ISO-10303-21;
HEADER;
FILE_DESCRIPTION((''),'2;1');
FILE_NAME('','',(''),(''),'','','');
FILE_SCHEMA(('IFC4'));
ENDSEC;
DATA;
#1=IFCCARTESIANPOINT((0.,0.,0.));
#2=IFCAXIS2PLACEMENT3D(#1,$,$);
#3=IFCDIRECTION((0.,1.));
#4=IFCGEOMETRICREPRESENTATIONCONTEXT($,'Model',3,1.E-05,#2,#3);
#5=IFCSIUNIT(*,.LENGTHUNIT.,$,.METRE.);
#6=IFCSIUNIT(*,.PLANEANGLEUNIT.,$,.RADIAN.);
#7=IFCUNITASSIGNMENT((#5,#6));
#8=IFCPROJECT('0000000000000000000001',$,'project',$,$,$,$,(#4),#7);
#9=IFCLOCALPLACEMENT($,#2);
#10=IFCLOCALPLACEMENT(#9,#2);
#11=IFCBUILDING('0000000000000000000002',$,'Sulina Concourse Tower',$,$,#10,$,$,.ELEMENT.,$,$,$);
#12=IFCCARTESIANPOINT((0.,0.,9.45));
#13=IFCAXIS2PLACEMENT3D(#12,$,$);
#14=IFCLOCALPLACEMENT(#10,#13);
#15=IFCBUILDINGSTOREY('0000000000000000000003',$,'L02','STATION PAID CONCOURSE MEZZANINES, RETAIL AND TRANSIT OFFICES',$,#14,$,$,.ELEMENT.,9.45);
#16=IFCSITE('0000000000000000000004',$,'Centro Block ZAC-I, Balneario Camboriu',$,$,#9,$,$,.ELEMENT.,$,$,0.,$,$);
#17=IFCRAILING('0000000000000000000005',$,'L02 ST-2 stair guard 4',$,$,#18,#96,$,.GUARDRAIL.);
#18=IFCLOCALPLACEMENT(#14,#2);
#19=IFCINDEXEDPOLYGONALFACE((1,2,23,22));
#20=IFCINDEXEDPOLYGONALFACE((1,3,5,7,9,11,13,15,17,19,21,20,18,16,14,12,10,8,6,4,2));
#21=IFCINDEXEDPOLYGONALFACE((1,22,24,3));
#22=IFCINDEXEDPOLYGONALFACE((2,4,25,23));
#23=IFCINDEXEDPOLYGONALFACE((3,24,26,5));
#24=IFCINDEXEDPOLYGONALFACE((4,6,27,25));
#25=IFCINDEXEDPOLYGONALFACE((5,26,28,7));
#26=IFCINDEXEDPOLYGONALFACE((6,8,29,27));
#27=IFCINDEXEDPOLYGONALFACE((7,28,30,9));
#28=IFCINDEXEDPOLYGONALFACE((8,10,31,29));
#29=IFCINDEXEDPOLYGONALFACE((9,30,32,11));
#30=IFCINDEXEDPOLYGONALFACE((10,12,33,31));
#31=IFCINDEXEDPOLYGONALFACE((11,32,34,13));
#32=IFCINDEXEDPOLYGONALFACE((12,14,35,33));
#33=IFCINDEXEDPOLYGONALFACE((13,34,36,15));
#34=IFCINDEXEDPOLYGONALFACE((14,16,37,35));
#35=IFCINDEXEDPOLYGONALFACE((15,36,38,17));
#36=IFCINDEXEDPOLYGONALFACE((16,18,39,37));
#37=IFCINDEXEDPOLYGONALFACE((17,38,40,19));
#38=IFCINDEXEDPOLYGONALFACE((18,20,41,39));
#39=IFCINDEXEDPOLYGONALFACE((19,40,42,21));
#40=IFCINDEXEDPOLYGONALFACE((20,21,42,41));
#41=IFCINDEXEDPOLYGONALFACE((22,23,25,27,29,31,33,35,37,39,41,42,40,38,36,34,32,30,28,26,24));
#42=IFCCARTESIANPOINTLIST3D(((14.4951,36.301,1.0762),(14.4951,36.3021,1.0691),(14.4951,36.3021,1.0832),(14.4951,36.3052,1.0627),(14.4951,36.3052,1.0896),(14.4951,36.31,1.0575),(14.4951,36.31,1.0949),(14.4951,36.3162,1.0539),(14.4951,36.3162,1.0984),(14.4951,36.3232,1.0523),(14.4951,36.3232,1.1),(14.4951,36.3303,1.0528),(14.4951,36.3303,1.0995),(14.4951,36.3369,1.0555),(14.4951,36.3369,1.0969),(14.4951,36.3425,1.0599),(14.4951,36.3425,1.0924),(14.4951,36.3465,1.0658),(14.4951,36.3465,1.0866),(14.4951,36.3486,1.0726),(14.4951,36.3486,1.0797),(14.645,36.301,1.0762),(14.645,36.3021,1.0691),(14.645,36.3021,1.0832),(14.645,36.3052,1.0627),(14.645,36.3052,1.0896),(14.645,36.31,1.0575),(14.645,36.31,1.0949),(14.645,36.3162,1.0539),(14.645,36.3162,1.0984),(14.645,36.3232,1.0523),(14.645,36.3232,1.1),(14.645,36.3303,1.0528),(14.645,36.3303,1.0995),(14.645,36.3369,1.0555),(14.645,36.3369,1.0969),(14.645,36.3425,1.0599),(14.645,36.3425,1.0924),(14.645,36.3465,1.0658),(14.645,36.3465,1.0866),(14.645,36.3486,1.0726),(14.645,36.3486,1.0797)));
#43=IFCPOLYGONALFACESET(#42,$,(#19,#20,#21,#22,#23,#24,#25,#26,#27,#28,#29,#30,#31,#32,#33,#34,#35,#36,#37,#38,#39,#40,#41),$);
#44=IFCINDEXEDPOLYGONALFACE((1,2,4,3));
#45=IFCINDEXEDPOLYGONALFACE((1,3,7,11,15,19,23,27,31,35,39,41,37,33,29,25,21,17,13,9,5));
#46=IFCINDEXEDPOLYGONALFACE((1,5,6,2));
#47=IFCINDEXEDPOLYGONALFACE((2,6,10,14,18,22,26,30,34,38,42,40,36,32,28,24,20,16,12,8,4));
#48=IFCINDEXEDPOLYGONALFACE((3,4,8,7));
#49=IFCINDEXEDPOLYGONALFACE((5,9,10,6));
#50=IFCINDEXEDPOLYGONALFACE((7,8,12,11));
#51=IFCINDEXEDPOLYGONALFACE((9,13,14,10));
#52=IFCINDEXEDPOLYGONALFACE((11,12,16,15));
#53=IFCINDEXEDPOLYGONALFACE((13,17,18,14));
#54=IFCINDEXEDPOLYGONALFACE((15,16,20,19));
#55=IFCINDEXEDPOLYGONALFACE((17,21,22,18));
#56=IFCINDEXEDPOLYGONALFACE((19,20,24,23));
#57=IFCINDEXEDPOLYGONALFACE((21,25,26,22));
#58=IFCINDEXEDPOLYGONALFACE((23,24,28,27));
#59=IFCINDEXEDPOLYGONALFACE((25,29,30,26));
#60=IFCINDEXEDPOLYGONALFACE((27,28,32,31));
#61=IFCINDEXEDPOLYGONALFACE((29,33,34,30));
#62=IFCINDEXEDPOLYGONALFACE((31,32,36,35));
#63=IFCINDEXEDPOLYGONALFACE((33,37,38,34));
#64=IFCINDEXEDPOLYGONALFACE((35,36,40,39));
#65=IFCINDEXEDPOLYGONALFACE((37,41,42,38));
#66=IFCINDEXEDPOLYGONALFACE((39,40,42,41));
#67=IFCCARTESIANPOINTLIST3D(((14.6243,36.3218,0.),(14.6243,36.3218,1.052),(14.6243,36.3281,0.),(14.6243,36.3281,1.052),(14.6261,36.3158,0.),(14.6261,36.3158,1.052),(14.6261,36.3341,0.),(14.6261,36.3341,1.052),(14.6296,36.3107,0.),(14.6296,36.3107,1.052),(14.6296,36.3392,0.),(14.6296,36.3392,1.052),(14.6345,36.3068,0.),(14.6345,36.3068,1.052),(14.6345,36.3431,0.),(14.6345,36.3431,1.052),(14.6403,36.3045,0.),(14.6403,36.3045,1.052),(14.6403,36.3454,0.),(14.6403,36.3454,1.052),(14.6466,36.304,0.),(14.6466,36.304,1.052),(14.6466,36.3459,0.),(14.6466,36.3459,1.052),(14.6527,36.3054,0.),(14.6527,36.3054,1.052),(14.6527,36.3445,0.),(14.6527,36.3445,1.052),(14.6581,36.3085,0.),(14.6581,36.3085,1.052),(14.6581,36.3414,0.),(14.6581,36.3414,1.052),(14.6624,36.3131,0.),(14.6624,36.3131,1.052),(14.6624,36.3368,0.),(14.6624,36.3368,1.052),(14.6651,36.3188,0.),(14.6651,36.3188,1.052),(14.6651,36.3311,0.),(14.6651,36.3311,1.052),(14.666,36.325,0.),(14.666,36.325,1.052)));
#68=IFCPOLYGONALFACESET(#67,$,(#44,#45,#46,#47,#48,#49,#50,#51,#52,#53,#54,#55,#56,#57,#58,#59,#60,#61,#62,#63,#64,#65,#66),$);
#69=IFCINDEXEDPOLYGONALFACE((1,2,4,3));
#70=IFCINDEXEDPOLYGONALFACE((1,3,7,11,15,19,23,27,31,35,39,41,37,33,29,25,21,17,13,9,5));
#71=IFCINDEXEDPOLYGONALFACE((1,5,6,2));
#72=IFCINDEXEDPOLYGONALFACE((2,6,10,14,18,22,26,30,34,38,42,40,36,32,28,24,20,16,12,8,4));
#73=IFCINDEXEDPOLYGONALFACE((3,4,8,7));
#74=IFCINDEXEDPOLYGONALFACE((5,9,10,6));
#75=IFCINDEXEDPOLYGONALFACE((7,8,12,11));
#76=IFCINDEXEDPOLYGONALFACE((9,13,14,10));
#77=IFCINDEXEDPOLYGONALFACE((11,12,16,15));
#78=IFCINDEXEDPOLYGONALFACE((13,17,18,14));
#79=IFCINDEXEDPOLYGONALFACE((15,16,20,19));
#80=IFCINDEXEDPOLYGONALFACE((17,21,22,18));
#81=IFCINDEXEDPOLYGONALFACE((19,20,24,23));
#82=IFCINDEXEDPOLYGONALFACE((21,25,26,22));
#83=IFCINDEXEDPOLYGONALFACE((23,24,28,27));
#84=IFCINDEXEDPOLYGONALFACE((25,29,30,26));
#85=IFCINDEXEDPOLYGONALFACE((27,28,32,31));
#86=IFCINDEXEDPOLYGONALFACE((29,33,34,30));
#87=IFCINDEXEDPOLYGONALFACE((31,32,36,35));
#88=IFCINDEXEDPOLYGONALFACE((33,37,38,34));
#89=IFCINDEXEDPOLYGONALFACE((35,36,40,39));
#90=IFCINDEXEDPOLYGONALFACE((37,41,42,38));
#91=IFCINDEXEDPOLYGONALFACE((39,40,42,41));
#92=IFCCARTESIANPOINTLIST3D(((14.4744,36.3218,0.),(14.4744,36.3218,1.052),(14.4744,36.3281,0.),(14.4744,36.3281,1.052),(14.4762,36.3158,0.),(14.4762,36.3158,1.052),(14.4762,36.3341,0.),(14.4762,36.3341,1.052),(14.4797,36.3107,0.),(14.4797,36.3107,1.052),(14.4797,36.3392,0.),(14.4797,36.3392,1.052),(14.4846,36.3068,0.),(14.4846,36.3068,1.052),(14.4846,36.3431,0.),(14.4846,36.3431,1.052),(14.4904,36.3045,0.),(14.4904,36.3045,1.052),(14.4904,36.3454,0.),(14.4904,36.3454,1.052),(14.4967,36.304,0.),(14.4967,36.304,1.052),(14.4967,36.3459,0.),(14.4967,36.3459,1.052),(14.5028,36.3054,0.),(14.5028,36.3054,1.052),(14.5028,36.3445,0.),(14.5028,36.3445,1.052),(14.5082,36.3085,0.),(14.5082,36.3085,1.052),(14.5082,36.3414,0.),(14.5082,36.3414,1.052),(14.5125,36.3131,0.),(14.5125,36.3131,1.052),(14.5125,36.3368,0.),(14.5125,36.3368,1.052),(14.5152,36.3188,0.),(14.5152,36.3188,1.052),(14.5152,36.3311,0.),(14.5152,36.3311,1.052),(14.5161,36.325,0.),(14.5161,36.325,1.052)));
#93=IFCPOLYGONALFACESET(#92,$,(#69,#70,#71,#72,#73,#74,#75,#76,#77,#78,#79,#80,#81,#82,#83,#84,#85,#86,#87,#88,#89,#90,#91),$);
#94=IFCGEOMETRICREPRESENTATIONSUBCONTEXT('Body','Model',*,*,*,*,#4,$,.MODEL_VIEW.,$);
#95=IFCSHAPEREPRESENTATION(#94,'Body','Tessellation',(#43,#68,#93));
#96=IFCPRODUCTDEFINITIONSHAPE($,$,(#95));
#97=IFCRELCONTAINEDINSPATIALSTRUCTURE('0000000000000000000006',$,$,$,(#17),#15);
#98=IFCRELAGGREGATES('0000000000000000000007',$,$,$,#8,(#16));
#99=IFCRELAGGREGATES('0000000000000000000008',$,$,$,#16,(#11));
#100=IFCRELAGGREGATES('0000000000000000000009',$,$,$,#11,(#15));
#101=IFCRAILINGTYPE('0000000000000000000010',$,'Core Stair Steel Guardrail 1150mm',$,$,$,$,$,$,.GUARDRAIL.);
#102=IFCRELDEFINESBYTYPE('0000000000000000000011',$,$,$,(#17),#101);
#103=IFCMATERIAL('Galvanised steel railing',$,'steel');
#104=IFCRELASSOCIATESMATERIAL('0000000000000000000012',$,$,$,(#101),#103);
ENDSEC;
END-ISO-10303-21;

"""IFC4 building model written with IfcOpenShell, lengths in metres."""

from ifc_helpers import new_model, si_unit, direction, frame, origin, origin_2d, place, context, subcontext, project, spatial, circle, extrude, material, type_object, element, save


model = new_model("IFC4")

# Units and contexts
model_context = context("Model", 3, precision=1e-05, world=origin(), true_north=direction((0.0, 1.0)))
body_context = subcontext(model_context, "Body", "Model", "MODEL_VIEW")
ifc_project = project(units=[si_unit("LENGTHUNIT", "METRE"), si_unit("PLANEANGLEUNIT", "RADIAN")], contexts=[model_context])

# Site, building, storey
site_placement = place(None, origin())
site = spatial("IfcSite", under=ifc_project, at=site_placement, Name="Centro Block ZAC-I, Balneario Camboriu", CompositionType="ELEMENT", RefElevation=0.0)
building_placement = place(site_placement, origin())
building = spatial("IfcBuilding", under=site, at=building_placement, Name="Sulina Concourse Tower", CompositionType="ELEMENT")
storey_placement = place(building_placement, frame((0.0, 0.0, 9.45)))
storey = spatial("IfcBuildingStorey", under=building, at=storey_placement, Name="L02", Description="STATION PAID CONCOURSE MEZZANINES, RETAIL AND TRANSIT OFFICES", CompositionType="ELEMENT", Elevation=9.45)

# Railing
ifc_material_1 = material(Name="Galvanised steel railing", Category="steel")
railing_type_1 = type_object("IfcRailingType", Name="Core Stair Steel Guardrail 1150mm", PredefinedType="GUARDRAIL", material=ifc_material_1)
railing_1_placement = place(storey_placement, frame((14.645, 36.325, 0.0)))
element("IfcRailing", 1, at=railing_1_placement, inside=storey, type_object=railing_type_1, Name="L02 ST-2 stair guard 4", PredefinedType="GUARDRAIL", context=body_context, shape_type="SweptSolid", body=[
    extrude(circle(Radius=0.0239, at=origin_2d()), frame((0.0, 0.0, 1.0762), z_axis=(-1.0, 0.0, 0.0), x_axis=(0.0, -1.0, 0.0)), (0.0, 0.0, 1.0), 0.1499),
    extrude(circle(Radius=0.021, at=origin_2d()), origin(), (0.0, 0.0, 1.0), 1.052),
    extrude(circle(Radius=0.021, at=origin_2d()), frame((-0.1499, 0.0, 0.0)), (0.0, 0.0, 1.0), 1.052),
])

save(model, "model.ifc")
